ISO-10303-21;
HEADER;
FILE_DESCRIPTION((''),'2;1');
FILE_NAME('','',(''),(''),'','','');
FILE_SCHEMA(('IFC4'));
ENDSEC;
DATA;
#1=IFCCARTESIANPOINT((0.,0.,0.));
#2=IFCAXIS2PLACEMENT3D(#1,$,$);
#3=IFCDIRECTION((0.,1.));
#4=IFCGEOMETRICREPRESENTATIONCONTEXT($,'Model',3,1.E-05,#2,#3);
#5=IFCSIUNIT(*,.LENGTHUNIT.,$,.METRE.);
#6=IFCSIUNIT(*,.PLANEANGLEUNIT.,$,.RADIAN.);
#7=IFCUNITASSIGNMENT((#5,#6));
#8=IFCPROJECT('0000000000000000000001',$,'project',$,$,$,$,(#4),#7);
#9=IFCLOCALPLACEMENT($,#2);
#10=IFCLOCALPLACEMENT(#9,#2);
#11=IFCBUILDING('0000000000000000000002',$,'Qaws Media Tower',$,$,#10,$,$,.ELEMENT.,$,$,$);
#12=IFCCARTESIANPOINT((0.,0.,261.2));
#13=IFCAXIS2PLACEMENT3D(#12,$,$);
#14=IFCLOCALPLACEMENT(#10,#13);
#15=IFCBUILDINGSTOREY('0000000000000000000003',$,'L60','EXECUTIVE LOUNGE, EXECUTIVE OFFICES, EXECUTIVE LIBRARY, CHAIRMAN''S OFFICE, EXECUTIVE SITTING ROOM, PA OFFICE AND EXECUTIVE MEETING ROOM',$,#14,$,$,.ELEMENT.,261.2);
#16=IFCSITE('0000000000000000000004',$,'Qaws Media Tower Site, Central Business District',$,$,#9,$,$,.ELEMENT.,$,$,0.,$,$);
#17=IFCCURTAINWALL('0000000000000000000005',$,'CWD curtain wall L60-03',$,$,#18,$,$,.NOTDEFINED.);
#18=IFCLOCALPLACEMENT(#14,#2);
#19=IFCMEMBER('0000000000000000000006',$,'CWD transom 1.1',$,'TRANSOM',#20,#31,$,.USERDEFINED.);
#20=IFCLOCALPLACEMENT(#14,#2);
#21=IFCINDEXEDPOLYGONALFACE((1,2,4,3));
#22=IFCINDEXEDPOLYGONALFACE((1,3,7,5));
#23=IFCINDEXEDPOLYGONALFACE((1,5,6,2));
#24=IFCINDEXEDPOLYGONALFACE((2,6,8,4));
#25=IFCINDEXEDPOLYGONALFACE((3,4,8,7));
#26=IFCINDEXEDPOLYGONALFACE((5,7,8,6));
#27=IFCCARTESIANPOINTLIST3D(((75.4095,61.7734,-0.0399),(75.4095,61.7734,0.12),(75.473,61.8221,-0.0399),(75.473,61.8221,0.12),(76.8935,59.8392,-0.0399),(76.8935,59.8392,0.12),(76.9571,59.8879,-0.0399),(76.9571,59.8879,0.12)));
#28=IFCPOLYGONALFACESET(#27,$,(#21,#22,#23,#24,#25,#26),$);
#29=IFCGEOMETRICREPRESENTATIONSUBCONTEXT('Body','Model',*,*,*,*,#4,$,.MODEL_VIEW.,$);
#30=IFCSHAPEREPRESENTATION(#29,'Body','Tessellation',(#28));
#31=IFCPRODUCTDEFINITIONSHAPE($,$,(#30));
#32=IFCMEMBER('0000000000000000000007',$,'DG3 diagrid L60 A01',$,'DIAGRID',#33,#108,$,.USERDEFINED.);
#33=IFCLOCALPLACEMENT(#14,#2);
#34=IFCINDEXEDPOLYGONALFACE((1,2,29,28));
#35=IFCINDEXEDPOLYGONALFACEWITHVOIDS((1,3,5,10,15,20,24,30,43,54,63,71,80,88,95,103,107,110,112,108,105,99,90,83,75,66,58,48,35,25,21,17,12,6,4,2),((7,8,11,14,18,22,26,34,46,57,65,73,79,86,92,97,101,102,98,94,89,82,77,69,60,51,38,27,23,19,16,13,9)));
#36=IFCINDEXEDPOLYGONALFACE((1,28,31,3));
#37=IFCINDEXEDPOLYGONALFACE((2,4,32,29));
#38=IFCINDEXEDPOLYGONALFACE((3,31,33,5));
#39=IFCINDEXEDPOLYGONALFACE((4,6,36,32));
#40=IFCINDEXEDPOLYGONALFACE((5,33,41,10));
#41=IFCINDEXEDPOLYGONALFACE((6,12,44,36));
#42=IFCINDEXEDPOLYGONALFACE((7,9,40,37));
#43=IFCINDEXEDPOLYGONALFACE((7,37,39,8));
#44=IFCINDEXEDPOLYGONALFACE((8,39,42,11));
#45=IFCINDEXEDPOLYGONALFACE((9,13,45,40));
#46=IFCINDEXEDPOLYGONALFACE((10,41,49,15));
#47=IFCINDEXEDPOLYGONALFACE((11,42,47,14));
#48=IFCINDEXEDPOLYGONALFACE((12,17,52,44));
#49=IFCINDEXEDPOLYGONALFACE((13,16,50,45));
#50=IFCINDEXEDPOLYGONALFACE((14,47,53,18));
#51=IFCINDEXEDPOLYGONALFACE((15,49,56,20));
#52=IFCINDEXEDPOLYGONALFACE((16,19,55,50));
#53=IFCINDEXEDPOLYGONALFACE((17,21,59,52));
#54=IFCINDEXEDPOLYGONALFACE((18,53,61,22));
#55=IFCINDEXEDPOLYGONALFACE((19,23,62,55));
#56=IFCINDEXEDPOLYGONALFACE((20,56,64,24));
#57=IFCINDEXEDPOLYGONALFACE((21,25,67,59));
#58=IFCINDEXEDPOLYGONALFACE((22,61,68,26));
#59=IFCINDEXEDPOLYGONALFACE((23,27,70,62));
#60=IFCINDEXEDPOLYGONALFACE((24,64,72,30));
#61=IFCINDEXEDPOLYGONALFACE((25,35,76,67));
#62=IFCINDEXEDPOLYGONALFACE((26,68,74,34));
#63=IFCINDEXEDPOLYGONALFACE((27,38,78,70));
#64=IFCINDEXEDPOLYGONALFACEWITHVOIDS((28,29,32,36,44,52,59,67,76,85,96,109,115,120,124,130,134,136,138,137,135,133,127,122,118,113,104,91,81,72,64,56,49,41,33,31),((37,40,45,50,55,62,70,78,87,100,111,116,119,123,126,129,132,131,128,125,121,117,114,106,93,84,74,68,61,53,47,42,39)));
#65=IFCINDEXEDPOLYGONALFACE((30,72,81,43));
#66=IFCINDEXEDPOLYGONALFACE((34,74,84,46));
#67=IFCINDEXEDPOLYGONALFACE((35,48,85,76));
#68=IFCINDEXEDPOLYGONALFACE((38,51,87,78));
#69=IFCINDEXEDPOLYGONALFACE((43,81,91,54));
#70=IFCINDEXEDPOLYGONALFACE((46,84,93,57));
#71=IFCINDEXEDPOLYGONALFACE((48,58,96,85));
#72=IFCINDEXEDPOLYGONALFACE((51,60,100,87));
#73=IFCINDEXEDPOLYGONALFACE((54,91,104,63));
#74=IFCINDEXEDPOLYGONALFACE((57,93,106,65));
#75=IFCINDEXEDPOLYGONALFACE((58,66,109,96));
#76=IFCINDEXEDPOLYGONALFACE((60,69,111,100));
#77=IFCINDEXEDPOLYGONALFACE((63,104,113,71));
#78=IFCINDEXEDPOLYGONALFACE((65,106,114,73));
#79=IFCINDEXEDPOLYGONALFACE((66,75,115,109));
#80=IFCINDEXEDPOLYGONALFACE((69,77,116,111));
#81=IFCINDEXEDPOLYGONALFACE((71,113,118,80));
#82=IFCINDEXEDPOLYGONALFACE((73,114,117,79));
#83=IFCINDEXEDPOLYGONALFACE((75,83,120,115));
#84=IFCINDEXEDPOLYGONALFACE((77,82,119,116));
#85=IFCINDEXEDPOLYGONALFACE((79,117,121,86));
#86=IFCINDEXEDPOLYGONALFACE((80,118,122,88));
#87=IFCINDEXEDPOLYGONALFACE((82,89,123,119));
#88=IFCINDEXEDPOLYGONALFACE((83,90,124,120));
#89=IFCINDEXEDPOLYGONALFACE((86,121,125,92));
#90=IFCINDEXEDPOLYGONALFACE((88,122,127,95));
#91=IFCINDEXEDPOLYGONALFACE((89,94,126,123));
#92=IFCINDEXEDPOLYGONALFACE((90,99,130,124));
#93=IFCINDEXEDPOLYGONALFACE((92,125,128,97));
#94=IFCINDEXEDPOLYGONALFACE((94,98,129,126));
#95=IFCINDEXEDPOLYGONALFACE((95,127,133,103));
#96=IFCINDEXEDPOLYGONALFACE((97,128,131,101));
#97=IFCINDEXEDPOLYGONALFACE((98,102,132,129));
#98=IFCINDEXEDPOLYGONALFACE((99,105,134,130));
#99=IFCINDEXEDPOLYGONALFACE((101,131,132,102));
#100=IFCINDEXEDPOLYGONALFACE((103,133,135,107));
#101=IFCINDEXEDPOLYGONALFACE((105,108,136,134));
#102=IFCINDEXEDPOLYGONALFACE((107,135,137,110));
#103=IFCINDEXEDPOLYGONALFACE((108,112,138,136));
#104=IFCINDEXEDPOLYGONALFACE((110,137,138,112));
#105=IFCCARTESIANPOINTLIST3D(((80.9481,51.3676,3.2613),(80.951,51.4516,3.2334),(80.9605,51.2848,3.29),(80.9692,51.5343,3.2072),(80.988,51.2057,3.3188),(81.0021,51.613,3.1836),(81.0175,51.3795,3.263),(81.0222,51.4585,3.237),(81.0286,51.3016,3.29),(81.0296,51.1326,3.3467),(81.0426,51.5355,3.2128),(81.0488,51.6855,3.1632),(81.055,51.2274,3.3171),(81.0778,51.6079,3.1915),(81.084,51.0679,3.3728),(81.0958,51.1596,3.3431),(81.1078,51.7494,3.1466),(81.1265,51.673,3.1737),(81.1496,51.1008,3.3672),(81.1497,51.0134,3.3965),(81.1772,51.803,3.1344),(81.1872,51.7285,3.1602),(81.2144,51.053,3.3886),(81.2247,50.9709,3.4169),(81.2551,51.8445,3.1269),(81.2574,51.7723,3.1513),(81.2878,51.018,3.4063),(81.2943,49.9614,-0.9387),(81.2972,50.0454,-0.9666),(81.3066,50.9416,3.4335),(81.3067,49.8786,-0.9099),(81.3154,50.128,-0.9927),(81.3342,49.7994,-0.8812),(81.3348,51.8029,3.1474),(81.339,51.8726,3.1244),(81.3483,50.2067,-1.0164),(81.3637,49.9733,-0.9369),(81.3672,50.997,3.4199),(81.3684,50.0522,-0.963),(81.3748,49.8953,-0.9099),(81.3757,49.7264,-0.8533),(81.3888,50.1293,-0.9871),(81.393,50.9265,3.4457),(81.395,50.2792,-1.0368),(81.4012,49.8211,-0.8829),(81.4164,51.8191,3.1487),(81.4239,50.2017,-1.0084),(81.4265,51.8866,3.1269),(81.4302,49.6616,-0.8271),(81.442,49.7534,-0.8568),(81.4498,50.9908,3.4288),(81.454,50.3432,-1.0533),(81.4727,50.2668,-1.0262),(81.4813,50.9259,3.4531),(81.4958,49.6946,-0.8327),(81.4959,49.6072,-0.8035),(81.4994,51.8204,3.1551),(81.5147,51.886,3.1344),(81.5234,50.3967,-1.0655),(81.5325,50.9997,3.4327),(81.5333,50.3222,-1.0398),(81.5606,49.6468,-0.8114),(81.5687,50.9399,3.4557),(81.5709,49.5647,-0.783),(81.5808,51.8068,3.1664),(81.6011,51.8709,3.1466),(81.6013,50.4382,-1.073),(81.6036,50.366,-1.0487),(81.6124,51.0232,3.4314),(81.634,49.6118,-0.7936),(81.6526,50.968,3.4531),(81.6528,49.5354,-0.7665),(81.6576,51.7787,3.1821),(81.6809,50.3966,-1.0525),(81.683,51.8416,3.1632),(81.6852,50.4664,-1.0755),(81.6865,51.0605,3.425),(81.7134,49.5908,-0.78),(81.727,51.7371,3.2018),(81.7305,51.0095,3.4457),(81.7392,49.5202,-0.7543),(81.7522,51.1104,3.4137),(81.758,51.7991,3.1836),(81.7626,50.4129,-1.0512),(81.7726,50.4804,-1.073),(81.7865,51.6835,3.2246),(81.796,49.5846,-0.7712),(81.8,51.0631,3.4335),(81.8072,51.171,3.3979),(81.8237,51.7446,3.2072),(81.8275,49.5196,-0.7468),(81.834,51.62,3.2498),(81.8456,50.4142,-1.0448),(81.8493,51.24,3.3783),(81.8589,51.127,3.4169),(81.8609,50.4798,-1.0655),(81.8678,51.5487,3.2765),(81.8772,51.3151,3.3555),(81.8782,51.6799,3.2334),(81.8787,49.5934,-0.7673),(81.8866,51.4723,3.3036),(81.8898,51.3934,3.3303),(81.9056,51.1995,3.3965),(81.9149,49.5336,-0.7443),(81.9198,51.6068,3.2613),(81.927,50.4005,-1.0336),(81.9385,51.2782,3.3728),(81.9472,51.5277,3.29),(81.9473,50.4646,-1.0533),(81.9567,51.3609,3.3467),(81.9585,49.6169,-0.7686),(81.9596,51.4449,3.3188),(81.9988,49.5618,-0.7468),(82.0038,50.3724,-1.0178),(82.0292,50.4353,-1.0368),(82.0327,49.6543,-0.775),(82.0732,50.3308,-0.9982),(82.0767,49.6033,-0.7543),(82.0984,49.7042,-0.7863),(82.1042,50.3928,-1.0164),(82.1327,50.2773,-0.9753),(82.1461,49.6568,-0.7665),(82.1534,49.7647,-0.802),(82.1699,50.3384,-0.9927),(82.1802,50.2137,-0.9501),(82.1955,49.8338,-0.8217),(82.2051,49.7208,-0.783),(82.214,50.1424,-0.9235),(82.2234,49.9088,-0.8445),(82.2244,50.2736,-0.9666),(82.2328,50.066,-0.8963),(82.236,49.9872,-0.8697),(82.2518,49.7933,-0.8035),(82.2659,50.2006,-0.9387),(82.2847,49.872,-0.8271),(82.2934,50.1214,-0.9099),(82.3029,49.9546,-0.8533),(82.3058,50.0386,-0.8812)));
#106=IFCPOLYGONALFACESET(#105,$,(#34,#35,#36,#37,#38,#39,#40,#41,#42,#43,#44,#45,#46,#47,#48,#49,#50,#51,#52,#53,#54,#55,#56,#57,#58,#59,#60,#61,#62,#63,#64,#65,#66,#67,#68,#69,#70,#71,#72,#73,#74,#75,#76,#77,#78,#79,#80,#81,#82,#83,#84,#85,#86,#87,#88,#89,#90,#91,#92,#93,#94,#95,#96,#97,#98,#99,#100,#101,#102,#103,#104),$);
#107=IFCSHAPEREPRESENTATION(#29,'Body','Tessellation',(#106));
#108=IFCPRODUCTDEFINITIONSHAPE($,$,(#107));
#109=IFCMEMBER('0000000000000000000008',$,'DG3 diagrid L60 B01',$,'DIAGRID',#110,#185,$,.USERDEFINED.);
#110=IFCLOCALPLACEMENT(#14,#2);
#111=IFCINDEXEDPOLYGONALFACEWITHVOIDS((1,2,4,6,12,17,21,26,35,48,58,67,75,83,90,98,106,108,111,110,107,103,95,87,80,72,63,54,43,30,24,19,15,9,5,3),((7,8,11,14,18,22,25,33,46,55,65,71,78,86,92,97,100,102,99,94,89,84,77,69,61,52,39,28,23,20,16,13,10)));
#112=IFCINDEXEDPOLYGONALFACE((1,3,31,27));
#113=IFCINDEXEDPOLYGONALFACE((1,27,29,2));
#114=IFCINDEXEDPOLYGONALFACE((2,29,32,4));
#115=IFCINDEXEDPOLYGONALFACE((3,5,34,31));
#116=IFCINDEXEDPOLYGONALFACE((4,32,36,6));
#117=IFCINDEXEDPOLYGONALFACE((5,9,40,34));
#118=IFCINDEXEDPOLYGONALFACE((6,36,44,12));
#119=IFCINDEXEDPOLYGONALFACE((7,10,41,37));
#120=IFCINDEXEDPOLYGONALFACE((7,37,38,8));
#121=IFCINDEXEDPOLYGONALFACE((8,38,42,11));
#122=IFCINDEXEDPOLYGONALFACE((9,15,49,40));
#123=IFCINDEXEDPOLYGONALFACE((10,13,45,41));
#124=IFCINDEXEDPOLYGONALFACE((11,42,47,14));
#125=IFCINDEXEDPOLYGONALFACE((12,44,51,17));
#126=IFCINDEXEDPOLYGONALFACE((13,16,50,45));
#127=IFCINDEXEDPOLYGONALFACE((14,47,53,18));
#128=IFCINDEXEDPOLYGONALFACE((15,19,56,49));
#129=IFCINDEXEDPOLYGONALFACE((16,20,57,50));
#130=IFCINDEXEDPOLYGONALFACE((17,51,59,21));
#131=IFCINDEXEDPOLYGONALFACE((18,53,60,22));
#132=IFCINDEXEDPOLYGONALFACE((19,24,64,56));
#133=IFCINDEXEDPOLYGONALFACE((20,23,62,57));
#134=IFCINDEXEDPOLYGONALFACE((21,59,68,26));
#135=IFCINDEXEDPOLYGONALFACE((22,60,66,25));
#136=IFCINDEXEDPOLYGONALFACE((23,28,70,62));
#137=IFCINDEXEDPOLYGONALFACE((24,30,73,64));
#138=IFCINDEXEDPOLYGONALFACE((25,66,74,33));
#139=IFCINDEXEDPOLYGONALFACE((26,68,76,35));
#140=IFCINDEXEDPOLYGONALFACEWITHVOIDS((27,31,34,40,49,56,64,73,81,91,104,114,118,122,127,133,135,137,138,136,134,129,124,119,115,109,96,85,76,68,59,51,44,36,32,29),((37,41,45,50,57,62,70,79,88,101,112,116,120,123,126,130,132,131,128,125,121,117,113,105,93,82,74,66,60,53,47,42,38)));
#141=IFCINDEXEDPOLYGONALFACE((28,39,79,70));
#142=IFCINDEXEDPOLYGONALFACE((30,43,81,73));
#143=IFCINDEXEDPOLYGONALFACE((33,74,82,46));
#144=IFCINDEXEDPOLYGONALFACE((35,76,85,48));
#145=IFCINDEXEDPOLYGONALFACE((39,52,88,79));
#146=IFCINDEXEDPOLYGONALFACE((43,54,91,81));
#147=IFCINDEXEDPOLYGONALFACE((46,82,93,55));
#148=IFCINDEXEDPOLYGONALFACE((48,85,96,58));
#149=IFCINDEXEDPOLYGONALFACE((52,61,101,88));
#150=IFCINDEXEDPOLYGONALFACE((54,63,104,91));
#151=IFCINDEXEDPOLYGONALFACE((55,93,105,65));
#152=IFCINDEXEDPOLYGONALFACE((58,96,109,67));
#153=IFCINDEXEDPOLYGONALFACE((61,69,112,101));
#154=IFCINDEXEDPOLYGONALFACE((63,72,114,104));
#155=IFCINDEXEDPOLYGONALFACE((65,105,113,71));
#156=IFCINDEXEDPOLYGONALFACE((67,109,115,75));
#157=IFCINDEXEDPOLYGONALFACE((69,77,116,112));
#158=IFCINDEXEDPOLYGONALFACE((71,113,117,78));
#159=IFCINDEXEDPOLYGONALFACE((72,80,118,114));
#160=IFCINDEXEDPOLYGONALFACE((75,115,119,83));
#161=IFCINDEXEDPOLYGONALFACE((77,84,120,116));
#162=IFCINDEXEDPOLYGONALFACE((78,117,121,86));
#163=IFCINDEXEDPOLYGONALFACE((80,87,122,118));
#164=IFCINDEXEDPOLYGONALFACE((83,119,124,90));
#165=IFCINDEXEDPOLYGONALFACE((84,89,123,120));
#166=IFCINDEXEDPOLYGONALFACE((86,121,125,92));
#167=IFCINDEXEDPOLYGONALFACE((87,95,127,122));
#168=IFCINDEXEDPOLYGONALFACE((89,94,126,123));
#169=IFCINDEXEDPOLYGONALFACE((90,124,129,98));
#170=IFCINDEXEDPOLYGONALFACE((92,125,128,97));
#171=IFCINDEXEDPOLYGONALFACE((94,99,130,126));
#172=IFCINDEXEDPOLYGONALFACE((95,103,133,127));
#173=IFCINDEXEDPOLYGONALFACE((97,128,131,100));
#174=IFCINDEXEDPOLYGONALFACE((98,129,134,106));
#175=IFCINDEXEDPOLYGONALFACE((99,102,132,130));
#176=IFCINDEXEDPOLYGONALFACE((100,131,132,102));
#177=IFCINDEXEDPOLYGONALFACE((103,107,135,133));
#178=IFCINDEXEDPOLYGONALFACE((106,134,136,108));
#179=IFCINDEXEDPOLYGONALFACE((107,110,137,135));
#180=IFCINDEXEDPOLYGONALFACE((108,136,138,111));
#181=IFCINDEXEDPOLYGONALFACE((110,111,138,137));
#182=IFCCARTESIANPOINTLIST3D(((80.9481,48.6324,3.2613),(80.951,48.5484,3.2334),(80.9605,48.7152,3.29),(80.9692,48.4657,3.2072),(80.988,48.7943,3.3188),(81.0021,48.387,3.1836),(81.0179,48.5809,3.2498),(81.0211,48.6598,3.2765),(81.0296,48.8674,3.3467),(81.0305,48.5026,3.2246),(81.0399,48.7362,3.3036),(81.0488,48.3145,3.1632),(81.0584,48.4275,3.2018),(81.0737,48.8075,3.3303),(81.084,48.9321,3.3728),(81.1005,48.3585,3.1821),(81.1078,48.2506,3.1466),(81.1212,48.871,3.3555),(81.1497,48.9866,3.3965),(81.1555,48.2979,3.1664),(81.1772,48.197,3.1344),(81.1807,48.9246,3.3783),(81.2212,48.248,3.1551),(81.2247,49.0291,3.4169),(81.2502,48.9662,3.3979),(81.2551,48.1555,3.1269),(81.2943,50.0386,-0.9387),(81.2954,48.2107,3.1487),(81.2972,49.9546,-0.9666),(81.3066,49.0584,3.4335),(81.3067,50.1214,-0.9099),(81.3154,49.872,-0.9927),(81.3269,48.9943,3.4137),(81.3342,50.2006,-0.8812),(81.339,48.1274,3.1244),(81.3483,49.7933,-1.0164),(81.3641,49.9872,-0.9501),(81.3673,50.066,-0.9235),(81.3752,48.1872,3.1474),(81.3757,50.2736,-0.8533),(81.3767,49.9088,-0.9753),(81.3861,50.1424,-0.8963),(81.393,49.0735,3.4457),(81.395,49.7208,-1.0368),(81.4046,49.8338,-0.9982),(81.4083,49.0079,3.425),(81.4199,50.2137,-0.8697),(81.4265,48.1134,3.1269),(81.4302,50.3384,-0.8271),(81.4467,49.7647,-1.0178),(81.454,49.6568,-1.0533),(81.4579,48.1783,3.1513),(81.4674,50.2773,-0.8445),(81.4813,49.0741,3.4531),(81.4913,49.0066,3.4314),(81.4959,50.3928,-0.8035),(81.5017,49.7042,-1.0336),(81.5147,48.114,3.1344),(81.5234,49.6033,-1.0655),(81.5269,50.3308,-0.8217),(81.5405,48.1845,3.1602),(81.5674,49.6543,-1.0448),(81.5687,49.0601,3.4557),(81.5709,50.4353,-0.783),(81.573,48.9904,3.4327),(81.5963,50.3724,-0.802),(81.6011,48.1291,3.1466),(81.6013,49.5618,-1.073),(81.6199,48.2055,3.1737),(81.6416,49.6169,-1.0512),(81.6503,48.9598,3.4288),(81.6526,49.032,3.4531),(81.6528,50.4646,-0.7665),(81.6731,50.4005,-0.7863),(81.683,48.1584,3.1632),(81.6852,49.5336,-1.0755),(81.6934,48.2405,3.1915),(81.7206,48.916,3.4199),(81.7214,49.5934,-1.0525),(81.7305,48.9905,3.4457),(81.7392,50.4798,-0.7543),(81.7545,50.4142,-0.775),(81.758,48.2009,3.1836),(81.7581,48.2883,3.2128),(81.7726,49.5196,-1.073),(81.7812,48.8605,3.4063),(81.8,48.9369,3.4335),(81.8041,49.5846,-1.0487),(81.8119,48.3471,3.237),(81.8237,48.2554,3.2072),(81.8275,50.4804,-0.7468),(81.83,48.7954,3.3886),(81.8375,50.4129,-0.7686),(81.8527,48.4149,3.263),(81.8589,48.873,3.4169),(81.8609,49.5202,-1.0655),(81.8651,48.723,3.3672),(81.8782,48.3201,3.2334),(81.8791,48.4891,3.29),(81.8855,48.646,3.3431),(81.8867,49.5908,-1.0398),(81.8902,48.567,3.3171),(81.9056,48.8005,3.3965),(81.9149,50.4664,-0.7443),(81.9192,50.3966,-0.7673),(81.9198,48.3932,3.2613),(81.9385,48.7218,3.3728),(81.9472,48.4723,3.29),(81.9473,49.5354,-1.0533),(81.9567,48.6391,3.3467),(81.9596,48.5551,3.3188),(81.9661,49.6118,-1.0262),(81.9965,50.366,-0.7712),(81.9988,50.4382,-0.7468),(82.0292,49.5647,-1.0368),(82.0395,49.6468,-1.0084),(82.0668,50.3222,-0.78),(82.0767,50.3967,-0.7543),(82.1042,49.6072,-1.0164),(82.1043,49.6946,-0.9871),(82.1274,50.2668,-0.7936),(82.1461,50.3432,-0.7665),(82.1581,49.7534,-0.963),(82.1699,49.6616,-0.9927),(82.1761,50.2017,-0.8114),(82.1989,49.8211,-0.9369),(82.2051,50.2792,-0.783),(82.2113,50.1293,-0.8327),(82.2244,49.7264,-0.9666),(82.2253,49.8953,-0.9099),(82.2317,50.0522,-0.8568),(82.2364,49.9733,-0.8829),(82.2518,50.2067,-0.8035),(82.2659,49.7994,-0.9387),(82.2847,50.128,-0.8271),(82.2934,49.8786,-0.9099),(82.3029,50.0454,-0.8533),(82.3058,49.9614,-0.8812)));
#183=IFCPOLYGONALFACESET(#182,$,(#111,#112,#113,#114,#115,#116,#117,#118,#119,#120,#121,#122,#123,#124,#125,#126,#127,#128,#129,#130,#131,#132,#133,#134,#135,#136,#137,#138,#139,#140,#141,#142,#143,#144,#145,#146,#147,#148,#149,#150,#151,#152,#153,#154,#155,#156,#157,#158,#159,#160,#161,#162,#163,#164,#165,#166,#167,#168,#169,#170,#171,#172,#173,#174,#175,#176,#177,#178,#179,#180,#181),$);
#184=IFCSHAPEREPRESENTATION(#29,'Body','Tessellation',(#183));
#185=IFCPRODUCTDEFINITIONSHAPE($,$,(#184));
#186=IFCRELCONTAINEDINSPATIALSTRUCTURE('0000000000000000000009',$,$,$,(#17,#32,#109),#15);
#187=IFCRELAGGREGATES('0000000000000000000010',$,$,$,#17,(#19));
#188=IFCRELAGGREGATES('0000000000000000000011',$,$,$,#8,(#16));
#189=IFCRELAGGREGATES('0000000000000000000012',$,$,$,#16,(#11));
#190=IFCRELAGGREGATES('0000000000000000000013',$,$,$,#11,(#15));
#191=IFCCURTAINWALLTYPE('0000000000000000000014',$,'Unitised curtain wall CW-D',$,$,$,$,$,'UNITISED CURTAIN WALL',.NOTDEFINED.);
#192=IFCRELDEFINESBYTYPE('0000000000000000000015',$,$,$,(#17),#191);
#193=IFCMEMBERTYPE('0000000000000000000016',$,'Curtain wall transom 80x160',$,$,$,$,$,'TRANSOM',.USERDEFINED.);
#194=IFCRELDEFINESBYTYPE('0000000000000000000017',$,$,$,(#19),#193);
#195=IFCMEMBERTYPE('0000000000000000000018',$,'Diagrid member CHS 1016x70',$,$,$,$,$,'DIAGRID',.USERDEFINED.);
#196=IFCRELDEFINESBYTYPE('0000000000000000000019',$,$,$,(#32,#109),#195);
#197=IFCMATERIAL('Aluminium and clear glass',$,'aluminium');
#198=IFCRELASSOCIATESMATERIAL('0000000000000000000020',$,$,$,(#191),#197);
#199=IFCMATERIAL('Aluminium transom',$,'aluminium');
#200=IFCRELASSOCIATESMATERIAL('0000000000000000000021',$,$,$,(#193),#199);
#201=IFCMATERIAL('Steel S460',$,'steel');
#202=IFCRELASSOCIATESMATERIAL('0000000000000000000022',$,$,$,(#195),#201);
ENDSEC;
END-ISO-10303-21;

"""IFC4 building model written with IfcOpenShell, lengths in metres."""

from ifc_helpers import new_model, si_unit, direction, frame, origin, origin_2d, place, context, subcontext, project, spatial, rectangle, hollow_circle, extrude, material, material_profile, profile_set, type_object, element, aggregate, save


model = new_model("IFC4")

# Units and contexts
model_context = context("Model", 3, precision=1e-05, world=origin(), true_north=direction((0.0, 1.0)))
body_context = subcontext(model_context, "Body", "Model", "MODEL_VIEW")
ifc_project = project(units=[si_unit("LENGTHUNIT", "METRE"), si_unit("PLANEANGLEUNIT", "RADIAN")], contexts=[model_context])

# Site, building, storey
site_placement = place(None, origin())
site = spatial("IfcSite", under=ifc_project, at=site_placement, Name="Qaws Media Tower Site, Central Business District", CompositionType="ELEMENT", RefElevation=0.0)
building_placement = place(site_placement, origin())
building = spatial("IfcBuilding", under=site, at=building_placement, Name="Qaws Media Tower", CompositionType="ELEMENT")
storey_placement = place(building_placement, frame((0.0, 0.0, 261.2)))
storey = spatial("IfcBuildingStorey", under=building, at=storey_placement, Name="L60", Description="EXECUTIVE LOUNGE, EXECUTIVE OFFICES, EXECUTIVE LIBRARY, CHAIRMAN'S OFFICE, EXECUTIVE SITTING ROOM, PA OFFICE AND EXECUTIVE MEETING ROOM", CompositionType="ELEMENT", Elevation=261.2)

# Shared definitions
ifc_material_1 = material(Name="Aluminium and clear glass", Category="aluminium")
curtain_wall_type = type_object("IfcCurtainWallType", Name="Unitised curtain wall CW-D", ElementType="UNITISED CURTAIN WALL", PredefinedType="NOTDEFINED", material=ifc_material_1)

# Curtain wall
curtain_wall_1_placement = place(storey_placement, origin())
curtain_wall_1 = element("IfcCurtainWall", 1, at=curtain_wall_1_placement, inside=storey, type_object=curtain_wall_type, Name="CWD curtain wall L60-03", PredefinedType="NOTDEFINED")

# Member
ifc_material_2 = material(Name="Aluminium transom", Category="aluminium")
ifc_material_profile_1 = material_profile(ifc_material_2, rectangle(XDim=0.0801, YDim=0.1599, at=origin_2d()), Name="80x160")
ifc_profile_set_1 = profile_set([ifc_material_profile_1], Name="Aluminium transom")
member_type_1 = type_object("IfcMemberType", Name="Curtain wall transom 80x160", ElementType="TRANSOM", PredefinedType="USERDEFINED", material=ifc_profile_set_1)
member_1_placement = place(storey_placement, frame((76.9253, 59.8635, 0.04), z_axis=(-0.608728, 0.793379, 0.0), x_axis=(-0.793379, -0.608728, 0.0)))
member_1 = element("IfcMember", 2, at=member_1_placement, type_object=member_type_1, Name="CWD transom 1.1", ObjectType="TRANSOM", PredefinedType="USERDEFINED", context=body_context, shape_type="SweptSolid", body=[
    extrude(rectangle(XDim=0.0801, YDim=0.1599, at=origin_2d()), origin(), (0.0, 0.0, 1.0), 2.438),
])
aggregate(curtain_wall_1, [member_1])

# Members
ifc_material_3 = material(Name="Steel S460", Category="steel")
ifc_material_profile_2 = material_profile(ifc_material_3, hollow_circle(Radius=0.5081, WallThickness=0.0701, at=origin_2d()), Name="CHS 1016x70")
ifc_profile_set_2 = profile_set([ifc_material_profile_2], Name="Steel S460")
member_type_2 = type_object("IfcMemberType", Name="Diagrid member CHS 1016x70", ElementType="DIAGRID", PredefinedType="USERDEFINED", material=ifc_profile_set_2)
for number, where, z_axis, x_axis, name in (
    (3, (81.8, 50.0, -0.9099), (-0.077925, 0.316535, 0.945375), (-0.971009, -0.239044, 0.0), "DG3 diagrid L60 A01"),
    (4, (81.8, 50.0, -0.9099), (-0.077925, -0.316535, 0.945375), (0.971009, -0.239044, 0.0), "DG3 diagrid L60 B01"),
):
    element("IfcMember", number, at=place(storey_placement, frame(where, z_axis=z_axis, x_axis=x_axis)), inside=storey, type_object=member_type_2, Name=name, ObjectType="DIAGRID", PredefinedType="USERDEFINED", context=body_context, shape_type="SweptSolid", body=[
        extrude(hollow_circle(Radius=0.5081, WallThickness=0.0701, at=origin_2d()), origin(), (0.0, 0.0, 1.0), 4.4426),
    ])

save(model, "model.ifc")
